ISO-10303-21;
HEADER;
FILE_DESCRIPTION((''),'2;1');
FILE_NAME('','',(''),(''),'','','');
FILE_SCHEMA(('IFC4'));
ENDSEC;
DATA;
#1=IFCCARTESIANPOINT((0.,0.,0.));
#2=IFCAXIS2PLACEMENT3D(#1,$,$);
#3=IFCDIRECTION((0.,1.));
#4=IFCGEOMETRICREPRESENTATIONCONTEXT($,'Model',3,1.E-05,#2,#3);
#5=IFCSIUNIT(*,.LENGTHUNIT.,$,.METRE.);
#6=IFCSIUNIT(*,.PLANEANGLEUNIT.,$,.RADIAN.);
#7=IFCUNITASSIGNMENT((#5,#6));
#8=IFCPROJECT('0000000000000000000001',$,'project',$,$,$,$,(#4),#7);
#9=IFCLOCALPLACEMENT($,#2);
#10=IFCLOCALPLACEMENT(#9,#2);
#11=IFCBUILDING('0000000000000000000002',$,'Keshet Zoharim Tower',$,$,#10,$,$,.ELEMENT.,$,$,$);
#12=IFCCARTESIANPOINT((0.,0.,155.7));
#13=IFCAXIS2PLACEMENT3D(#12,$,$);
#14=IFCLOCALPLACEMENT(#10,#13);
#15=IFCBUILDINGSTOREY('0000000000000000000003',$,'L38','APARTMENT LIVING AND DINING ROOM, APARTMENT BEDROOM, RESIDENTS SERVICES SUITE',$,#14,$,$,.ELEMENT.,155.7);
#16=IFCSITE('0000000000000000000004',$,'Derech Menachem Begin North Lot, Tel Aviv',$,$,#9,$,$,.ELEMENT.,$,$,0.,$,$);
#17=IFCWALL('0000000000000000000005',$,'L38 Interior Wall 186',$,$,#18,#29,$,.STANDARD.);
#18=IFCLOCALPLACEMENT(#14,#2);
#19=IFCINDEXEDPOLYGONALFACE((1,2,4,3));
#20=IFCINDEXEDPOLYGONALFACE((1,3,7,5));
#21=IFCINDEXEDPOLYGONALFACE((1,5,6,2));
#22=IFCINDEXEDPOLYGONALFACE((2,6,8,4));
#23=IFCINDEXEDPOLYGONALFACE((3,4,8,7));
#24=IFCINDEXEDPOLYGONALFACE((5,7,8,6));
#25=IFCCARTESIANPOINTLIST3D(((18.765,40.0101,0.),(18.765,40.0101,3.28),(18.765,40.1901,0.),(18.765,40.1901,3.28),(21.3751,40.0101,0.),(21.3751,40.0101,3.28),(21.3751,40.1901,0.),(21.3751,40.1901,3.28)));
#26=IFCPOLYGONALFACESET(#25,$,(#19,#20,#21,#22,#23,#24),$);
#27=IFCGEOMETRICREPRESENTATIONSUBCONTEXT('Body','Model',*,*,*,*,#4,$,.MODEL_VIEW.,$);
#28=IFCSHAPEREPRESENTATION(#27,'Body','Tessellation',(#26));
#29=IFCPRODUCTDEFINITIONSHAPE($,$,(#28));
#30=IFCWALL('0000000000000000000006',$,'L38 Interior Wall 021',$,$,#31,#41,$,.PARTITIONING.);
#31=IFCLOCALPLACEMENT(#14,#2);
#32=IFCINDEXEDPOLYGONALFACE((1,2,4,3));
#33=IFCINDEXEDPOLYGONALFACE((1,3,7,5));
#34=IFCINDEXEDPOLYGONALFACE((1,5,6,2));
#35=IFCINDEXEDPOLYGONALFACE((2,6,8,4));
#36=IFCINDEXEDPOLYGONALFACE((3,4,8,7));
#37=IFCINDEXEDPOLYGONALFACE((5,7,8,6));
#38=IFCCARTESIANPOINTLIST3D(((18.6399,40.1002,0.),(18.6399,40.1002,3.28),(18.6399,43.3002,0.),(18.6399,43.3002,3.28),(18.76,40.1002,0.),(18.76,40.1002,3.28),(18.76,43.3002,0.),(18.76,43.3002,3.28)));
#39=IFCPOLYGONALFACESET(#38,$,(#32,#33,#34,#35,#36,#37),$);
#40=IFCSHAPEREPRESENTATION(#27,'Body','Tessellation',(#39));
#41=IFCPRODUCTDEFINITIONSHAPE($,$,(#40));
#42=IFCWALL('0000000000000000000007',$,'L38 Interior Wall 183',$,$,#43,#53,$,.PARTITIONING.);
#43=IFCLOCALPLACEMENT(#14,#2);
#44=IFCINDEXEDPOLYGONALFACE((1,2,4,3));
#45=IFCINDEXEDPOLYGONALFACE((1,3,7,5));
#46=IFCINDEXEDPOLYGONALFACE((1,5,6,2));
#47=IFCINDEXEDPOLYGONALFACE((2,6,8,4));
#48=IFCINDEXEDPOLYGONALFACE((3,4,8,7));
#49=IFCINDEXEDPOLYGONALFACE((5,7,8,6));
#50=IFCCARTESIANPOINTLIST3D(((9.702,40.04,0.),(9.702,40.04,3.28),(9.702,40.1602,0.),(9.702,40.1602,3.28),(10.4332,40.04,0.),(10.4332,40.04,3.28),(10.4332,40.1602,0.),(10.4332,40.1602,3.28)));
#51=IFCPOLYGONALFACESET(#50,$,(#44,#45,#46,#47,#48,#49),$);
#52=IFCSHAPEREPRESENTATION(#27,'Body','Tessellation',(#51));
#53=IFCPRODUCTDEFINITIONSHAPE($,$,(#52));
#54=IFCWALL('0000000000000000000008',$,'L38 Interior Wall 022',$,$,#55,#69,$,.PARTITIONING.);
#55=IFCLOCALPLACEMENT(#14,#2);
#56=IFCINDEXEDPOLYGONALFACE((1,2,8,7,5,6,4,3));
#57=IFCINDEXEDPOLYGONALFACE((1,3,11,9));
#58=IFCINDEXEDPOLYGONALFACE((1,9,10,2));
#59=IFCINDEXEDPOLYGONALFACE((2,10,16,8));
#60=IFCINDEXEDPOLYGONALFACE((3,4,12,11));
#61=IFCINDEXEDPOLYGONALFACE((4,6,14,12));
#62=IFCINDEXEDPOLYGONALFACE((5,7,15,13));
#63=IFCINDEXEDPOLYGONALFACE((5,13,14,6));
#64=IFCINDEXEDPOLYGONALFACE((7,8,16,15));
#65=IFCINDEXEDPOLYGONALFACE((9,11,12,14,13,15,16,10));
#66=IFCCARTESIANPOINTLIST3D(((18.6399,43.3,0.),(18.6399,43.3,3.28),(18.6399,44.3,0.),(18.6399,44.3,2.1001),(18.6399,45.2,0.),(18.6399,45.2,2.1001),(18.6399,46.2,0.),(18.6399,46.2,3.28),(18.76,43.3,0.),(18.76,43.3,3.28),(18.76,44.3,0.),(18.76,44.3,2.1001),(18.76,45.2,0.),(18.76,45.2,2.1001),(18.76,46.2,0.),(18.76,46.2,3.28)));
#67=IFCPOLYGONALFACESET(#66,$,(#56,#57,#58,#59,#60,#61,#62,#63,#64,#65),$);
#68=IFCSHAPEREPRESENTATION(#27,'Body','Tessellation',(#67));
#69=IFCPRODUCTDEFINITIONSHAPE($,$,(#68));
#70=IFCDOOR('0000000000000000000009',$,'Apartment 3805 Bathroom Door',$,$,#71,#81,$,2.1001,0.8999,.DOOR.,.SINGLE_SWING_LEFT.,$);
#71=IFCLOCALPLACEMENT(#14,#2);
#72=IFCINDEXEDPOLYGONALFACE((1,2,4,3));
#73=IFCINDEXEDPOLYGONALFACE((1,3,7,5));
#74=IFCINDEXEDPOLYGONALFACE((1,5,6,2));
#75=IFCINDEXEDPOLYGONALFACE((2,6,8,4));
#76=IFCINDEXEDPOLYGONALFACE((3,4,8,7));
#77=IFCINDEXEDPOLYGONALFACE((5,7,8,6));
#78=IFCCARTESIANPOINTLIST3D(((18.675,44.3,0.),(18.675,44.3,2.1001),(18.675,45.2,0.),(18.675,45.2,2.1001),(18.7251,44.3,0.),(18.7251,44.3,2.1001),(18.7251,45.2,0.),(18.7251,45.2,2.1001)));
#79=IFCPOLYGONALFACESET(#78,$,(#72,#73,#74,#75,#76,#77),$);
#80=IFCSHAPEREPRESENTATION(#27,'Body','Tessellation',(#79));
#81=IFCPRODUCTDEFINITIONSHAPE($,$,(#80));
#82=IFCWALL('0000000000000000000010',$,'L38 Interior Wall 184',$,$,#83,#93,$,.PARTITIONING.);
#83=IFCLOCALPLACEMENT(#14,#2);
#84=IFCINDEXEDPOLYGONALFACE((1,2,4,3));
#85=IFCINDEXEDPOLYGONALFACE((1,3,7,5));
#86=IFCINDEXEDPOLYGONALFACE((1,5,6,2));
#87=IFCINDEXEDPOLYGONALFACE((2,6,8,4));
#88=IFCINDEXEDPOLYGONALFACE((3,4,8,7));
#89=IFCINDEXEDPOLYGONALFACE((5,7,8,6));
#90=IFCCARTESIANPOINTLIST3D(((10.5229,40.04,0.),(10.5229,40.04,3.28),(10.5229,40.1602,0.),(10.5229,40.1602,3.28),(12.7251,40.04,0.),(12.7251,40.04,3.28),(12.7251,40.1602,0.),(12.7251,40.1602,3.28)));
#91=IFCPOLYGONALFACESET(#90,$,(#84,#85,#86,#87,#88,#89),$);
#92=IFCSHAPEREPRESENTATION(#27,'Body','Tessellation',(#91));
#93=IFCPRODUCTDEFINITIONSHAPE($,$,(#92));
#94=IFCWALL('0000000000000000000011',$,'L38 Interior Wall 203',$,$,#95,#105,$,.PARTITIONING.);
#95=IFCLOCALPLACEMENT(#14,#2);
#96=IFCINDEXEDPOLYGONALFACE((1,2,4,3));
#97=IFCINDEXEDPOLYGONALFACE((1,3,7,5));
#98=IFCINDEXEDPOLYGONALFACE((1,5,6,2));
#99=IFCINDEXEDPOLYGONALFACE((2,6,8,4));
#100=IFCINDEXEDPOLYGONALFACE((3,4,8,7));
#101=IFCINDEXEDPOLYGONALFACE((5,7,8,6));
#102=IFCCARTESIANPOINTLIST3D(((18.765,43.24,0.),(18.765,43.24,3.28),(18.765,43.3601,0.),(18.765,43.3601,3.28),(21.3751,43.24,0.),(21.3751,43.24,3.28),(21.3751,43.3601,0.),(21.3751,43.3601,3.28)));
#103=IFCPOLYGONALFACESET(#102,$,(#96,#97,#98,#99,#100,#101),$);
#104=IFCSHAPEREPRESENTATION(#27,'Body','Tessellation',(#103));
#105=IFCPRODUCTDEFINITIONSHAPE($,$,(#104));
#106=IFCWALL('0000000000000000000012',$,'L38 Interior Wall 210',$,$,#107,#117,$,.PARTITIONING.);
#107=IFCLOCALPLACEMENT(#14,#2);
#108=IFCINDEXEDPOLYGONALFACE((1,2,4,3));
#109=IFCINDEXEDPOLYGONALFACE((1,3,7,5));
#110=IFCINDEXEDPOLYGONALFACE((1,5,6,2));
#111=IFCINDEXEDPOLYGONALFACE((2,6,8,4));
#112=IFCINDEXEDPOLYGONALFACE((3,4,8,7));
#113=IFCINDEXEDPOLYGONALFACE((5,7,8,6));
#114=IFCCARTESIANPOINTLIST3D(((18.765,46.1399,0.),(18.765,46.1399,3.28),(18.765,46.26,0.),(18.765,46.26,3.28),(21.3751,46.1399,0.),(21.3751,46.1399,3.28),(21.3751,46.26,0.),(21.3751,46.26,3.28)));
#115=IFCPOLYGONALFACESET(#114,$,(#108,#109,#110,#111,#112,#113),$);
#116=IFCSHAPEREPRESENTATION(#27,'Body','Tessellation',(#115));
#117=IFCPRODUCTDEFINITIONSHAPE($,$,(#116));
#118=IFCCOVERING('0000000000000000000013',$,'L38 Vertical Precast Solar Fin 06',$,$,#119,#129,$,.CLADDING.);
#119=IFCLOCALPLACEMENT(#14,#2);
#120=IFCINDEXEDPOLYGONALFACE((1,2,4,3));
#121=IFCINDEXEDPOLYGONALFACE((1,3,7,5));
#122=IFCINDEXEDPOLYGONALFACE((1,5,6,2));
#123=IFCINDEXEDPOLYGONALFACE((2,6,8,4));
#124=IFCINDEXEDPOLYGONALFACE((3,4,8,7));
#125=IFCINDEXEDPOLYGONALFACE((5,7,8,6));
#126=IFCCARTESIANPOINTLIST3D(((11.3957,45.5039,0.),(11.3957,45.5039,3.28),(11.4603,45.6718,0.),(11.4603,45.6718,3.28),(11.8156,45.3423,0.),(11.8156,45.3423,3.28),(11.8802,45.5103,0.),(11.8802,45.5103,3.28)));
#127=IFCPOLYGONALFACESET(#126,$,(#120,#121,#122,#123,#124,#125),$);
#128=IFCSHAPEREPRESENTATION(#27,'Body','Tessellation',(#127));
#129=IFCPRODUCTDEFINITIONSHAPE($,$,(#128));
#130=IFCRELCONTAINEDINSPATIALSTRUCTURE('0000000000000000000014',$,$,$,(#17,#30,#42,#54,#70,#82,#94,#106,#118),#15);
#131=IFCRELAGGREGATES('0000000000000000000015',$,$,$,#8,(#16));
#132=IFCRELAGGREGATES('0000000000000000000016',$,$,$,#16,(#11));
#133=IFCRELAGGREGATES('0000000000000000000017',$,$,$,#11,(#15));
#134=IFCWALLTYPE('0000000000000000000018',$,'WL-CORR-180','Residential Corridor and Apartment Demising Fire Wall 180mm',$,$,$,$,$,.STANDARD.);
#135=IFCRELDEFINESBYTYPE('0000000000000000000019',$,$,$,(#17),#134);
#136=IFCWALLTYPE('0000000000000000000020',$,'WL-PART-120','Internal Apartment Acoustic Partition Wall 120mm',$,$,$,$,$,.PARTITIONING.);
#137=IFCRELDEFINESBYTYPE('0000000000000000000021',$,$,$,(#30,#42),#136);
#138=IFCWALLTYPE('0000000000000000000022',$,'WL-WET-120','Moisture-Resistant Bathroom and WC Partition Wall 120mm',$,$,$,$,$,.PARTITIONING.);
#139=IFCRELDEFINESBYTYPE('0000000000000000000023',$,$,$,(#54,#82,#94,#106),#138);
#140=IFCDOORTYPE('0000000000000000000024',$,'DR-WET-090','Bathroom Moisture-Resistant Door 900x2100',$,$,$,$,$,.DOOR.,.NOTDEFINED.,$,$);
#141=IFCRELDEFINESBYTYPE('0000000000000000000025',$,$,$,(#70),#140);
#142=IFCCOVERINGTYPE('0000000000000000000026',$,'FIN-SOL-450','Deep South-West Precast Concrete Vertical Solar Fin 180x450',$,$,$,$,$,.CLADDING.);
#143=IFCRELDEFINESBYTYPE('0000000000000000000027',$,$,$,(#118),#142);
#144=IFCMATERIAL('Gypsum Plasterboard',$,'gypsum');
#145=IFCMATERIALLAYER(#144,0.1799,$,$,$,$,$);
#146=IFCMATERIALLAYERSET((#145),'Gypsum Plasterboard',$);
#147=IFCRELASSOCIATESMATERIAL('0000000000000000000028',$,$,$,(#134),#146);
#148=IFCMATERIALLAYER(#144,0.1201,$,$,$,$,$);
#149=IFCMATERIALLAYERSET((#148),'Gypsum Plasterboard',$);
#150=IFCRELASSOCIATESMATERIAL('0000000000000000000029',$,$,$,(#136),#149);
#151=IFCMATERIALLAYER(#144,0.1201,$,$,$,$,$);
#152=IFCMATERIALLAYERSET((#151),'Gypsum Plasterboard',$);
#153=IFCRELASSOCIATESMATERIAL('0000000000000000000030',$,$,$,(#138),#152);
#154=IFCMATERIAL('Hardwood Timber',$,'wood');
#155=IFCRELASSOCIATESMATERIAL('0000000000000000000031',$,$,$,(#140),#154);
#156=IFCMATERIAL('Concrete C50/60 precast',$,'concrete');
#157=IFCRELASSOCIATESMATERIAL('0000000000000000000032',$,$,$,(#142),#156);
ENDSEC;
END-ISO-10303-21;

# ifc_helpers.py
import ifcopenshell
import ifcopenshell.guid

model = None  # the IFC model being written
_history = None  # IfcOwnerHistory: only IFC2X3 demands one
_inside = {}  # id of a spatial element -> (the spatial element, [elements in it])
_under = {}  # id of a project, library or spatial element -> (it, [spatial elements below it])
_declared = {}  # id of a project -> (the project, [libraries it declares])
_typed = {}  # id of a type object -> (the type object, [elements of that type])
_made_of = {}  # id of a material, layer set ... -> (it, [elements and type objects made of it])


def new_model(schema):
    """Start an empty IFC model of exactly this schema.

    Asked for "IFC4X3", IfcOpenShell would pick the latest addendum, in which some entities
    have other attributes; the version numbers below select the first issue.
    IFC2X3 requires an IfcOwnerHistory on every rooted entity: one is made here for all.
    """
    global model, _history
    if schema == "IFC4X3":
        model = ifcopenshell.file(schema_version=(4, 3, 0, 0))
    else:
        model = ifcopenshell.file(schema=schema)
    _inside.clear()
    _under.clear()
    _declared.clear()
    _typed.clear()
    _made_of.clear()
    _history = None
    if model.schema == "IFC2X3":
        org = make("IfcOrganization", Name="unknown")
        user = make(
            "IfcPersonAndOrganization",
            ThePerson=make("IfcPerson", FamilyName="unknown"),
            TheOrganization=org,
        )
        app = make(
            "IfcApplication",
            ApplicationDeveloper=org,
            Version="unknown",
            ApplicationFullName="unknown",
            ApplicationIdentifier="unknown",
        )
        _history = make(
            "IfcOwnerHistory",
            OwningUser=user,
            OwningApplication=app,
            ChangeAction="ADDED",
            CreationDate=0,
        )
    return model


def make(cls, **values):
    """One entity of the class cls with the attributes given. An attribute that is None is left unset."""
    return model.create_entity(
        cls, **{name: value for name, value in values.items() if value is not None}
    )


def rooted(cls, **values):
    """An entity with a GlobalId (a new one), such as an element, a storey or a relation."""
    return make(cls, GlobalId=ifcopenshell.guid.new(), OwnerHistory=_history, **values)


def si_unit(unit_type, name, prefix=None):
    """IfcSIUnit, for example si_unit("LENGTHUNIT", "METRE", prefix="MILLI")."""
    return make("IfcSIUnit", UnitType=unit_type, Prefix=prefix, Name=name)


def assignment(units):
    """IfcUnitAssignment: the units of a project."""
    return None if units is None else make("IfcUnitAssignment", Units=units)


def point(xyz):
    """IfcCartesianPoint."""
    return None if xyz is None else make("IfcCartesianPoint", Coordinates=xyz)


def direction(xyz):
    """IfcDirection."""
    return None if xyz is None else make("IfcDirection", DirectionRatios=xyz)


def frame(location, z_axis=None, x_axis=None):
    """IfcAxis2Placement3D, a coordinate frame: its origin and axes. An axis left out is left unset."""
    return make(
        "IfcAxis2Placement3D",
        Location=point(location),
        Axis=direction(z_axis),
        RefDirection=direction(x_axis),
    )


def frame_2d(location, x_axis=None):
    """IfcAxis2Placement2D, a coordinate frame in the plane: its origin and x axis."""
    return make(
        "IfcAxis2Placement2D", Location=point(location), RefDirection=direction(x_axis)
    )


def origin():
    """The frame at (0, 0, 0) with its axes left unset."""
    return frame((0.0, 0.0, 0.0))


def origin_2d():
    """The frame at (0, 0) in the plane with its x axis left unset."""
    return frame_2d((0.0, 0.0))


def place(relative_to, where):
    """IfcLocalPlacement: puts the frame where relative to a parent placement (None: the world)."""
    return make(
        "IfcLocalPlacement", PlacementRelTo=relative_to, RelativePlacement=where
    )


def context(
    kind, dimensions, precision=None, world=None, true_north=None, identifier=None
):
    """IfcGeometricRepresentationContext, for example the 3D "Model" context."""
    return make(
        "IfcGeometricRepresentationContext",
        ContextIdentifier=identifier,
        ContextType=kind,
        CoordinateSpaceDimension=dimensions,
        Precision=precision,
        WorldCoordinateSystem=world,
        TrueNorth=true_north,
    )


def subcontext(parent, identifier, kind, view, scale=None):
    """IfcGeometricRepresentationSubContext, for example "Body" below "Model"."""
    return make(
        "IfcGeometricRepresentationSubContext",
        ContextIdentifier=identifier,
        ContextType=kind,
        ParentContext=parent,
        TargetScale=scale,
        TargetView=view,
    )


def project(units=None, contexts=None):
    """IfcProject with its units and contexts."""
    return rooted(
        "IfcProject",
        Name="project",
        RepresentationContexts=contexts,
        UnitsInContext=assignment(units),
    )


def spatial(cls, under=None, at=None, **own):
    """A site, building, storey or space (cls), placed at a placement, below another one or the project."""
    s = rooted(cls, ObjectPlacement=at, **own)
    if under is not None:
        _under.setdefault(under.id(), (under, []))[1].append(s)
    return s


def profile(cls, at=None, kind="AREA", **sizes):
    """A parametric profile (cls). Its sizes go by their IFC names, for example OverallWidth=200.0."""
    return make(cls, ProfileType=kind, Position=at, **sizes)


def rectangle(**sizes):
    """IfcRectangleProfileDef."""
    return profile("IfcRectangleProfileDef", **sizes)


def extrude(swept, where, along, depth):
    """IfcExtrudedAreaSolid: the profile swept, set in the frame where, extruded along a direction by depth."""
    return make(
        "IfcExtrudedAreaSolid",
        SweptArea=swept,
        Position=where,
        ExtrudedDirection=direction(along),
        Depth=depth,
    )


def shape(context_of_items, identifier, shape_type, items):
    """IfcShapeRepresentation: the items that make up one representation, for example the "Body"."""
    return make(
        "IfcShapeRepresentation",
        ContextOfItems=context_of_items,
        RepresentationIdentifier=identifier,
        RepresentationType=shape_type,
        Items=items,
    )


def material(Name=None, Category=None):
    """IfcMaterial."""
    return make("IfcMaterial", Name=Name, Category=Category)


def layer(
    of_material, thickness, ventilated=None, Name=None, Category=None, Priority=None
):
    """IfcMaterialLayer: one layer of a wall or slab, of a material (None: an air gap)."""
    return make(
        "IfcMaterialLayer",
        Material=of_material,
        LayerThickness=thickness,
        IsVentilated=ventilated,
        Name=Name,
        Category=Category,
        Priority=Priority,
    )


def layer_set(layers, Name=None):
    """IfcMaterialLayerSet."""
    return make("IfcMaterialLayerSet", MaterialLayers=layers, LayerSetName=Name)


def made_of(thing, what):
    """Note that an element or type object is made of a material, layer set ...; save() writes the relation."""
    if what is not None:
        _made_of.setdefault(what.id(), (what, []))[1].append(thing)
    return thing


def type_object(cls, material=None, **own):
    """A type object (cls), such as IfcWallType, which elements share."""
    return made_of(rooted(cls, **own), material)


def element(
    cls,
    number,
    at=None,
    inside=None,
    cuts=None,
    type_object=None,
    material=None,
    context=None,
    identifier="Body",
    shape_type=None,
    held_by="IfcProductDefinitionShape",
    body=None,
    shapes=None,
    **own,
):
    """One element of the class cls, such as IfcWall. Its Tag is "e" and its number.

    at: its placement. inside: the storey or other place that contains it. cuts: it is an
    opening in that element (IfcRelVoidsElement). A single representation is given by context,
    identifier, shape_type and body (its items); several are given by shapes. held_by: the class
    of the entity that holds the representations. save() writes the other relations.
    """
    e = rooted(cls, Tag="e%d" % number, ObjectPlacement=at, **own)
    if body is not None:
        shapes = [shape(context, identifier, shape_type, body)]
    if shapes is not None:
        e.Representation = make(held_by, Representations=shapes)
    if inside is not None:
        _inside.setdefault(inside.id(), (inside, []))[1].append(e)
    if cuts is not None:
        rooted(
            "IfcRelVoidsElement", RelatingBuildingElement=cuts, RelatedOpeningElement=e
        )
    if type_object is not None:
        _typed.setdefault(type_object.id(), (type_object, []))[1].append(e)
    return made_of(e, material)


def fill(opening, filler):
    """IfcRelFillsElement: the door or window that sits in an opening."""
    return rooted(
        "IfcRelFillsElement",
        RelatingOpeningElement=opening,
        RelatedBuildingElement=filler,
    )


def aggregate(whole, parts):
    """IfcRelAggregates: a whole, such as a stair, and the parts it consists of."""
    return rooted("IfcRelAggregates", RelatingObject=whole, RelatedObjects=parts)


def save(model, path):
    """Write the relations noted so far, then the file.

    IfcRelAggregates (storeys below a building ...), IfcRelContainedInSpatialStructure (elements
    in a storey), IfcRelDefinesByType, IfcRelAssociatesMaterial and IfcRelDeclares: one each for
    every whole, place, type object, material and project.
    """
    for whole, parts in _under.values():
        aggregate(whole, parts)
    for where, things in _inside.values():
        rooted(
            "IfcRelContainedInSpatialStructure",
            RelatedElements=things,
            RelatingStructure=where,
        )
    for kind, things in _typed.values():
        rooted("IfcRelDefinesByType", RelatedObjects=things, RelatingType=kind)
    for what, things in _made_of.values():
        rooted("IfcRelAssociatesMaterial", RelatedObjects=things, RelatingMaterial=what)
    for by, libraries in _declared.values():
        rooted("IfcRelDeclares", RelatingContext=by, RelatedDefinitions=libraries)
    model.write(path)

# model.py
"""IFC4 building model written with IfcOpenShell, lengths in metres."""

from ifc_helpers import new_model, si_unit, direction, frame, frame_2d, origin, origin_2d, place, context, subcontext, project, spatial, rectangle, extrude, material, layer, layer_set, type_object, element, fill, save


model = new_model("IFC4")

# Units and contexts
model_context = context("Model", 3, precision=1e-05, world=origin(), true_north=direction((0.0, 1.0)))
body_context = subcontext(model_context, "Body", "Model", "MODEL_VIEW")
ifc_project = project(units=[si_unit("LENGTHUNIT", "METRE"), si_unit("PLANEANGLEUNIT", "RADIAN")], contexts=[model_context])

# Site, building, storey
site_placement = place(None, origin())
site = spatial("IfcSite", under=ifc_project, at=site_placement, Name="Derech Menachem Begin North Lot, Tel Aviv", CompositionType="ELEMENT", RefElevation=0.0)
building_placement = place(site_placement, origin())
building = spatial("IfcBuilding", under=site, at=building_placement, Name="Keshet Zoharim Tower", CompositionType="ELEMENT")
storey_placement = place(building_placement, frame((0.0, 0.0, 155.7)))
storey = spatial("IfcBuildingStorey", under=building, at=storey_placement, Name="L38", Description="APARTMENT LIVING AND DINING ROOM, APARTMENT BEDROOM, RESIDENTS SERVICES SUITE", CompositionType="ELEMENT", Elevation=155.7)

# Shared definitions
ifc_material_1 = material(Name="Gypsum Plasterboard", Category="gypsum")
ifc_layer_1 = layer(ifc_material_1, 0.1799)
ifc_layer_set_1 = layer_set([ifc_layer_1], Name="Gypsum Plasterboard")
wall_type_1 = type_object("IfcWallType", Name="WL-CORR-180", Description="Residential Corridor and Apartment Demising Fire Wall 180mm", PredefinedType="STANDARD", material=ifc_layer_set_1)
ifc_material_2 = material(Name="Hardwood Timber", Category="wood")

# Walls
wall_1_placement = place(storey_placement, frame((18.7649, 40.1001, 0.0), z_axis=(0.0, 0.0, 1.0), x_axis=(1.0, 0.0, 0.0)))
element("IfcWall", 1, at=wall_1_placement, inside=storey, type_object=wall_type_1, Name="L38 Interior Wall 186", PredefinedType="STANDARD", context=body_context, shape_type="SweptSolid", body=[
    extrude(rectangle(XDim=2.6101, YDim=0.1799, at=frame_2d((1.3052, 0.0))), origin(), (0.0, 0.0, 1.0), 3.28),
])
ifc_layer_2 = layer(ifc_material_1, 0.1201)
ifc_layer_set_2 = layer_set([ifc_layer_2], Name="Gypsum Plasterboard")
wall_type_2 = type_object("IfcWallType", Name="WL-PART-120", Description="Internal Apartment Acoustic Partition Wall 120mm", PredefinedType="PARTITIONING", material=ifc_layer_set_2)
wall_2_placement = place(storey_placement, frame((18.7, 40.1001, 0.0), z_axis=(0.0, 0.0, 1.0), x_axis=(0.0, 1.0, 0.0)))
element("IfcWall", 2, at=wall_2_placement, inside=storey, type_object=wall_type_2, Name="L38 Interior Wall 021", PredefinedType="PARTITIONING", context=body_context, shape_type="SweptSolid", body=[
    extrude(rectangle(XDim=3.2, YDim=0.1201, at=frame_2d((1.6001, 0.0))), origin(), (0.0, 0.0, 1.0), 3.28),
])
wall_3_placement = place(storey_placement, frame((9.7019, 40.1001, 0.0), z_axis=(0.0, 0.0, 1.0), x_axis=(1.0, 0.0, 0.0)))
element("IfcWall", 3, at=wall_3_placement, inside=storey, type_object=wall_type_2, Name="L38 Interior Wall 183", PredefinedType="PARTITIONING", context=body_context, shape_type="SweptSolid", body=[
    extrude(rectangle(XDim=0.7312, YDim=0.1201, at=frame_2d((0.3657, 0.0))), origin(), (0.0, 0.0, 1.0), 3.28),
])

# Wall, opening, door
ifc_layer_3 = layer(ifc_material_1, 0.1201)
ifc_layer_set_3 = layer_set([ifc_layer_3], Name="Gypsum Plasterboard")
wall_type_3 = type_object("IfcWallType", Name="WL-WET-120", Description="Moisture-Resistant Bathroom and WC Partition Wall 120mm", PredefinedType="PARTITIONING", material=ifc_layer_set_3)
wall_4_placement = place(storey_placement, frame((18.7, 43.3, 0.0), z_axis=(0.0, 0.0, 1.0), x_axis=(0.0, 1.0, 0.0)))
wall_4 = element("IfcWall", 4, at=wall_4_placement, inside=storey, type_object=wall_type_3, Name="L38 Interior Wall 022", PredefinedType="PARTITIONING", context=body_context, shape_type="SweptSolid", body=[
    extrude(rectangle(XDim=2.8999, YDim=0.1201, at=frame_2d((1.45, 0.0))), origin(), (0.0, 0.0, 1.0), 3.28),
])
opening_1_placement = place(wall_4_placement, frame((1.0, 0.0, 0.0)))
opening_1 = element("IfcOpeningElement", 5, at=opening_1_placement, cuts=wall_4, PredefinedType="OPENING", context=body_context, shape_type="SweptSolid", body=[
    extrude(rectangle(XDim=0.8999, YDim=2.1001, at=frame_2d((0.45, 1.05))), frame((0.0, 0.0701, 0.0), z_axis=(0.0, -1.0, 0.0), x_axis=(1.0, 0.0, 0.0)), (0.0, 0.0, 1.0), 0.1401),
])
door_type_1 = type_object("IfcDoorType", Name="DR-WET-090", Description="Bathroom Moisture-Resistant Door 900x2100", OperationType="NOTDEFINED", PredefinedType="DOOR", material=ifc_material_2)
door_1_placement = place(opening_1_placement, origin())
door_1 = element("IfcDoor", 6, at=door_1_placement, inside=storey, type_object=door_type_1, Name="Apartment 3805 Bathroom Door", OperationType="SINGLE_SWING_LEFT", OverallHeight=2.1001, OverallWidth=0.8999, PredefinedType="DOOR", context=body_context, shape_type="SweptSolid", body=[
    extrude(rectangle(XDim=0.8999, YDim=2.1001, at=frame_2d((0.45, 1.05))), frame((0.0, 0.0249, 0.0), z_axis=(0.0, -1.0, 0.0), x_axis=(1.0, 0.0, 0.0)), (0.0, 0.0, 1.0), 0.05),
])
fill(opening_1, door_1)

# Walls
wall_5_placement = place(storey_placement, frame((10.5229, 40.1001, 0.0), z_axis=(0.0, 0.0, 1.0), x_axis=(1.0, 0.0, 0.0)))
element("IfcWall", 7, at=wall_5_placement, inside=storey, type_object=wall_type_3, Name="L38 Interior Wall 184", PredefinedType="PARTITIONING", context=body_context, shape_type="SweptSolid", body=[
    extrude(rectangle(XDim=2.2021, YDim=0.1201, at=frame_2d((1.1011, 0.0))), origin(), (0.0, 0.0, 1.0), 3.28),
])
for number, where, z_axis, x_axis, name in (
    (8, (18.7649, 43.3, 0.0), (0.0, 0.0, 1.0), (1.0, 0.0, 0.0), "L38 Interior Wall 203"),
    (9, (18.7649, 46.2, 0.0), (0.0, 0.0, 1.0), (1.0, 0.0, 0.0), "L38 Interior Wall 210"),
):
    element("IfcWall", number, at=place(storey_placement, frame(where, z_axis=z_axis, x_axis=x_axis)), inside=storey, type_object=wall_type_3, Name=name, PredefinedType="PARTITIONING", context=body_context, shape_type="SweptSolid", body=[
        extrude(rectangle(XDim=2.6101, YDim=0.1201, at=frame_2d((1.3052, 0.0))), origin(), (0.0, 0.0, 1.0), 3.28),
    ])

# Covering
ifc_material_3 = material(Name="Concrete C50/60 precast", Category="concrete")
covering_type = type_object("IfcCoveringType", Name="FIN-SOL-450", Description="Deep South-West Precast Concrete Vertical Solar Fin 180x450", PredefinedType="CLADDING", material=ifc_material_3)
covering_placement = place(storey_placement, frame((11.6379, 45.5071, 0.0), z_axis=(0.0, 0.0, 1.0), x_axis=(0.35899, 0.933341, 0.0)))
element("IfcCovering", 10, at=covering_placement, inside=storey, type_object=covering_type, Name="L38 Vertical Precast Solar Fin 06", PredefinedType="CLADDING", context=body_context, shape_type="SweptSolid", body=[
    extrude(rectangle(XDim=0.1799, YDim=0.45, at=origin_2d()), origin(), (0.0, 0.0, 1.0), 3.28),
])

save(model, "model.ifc")
